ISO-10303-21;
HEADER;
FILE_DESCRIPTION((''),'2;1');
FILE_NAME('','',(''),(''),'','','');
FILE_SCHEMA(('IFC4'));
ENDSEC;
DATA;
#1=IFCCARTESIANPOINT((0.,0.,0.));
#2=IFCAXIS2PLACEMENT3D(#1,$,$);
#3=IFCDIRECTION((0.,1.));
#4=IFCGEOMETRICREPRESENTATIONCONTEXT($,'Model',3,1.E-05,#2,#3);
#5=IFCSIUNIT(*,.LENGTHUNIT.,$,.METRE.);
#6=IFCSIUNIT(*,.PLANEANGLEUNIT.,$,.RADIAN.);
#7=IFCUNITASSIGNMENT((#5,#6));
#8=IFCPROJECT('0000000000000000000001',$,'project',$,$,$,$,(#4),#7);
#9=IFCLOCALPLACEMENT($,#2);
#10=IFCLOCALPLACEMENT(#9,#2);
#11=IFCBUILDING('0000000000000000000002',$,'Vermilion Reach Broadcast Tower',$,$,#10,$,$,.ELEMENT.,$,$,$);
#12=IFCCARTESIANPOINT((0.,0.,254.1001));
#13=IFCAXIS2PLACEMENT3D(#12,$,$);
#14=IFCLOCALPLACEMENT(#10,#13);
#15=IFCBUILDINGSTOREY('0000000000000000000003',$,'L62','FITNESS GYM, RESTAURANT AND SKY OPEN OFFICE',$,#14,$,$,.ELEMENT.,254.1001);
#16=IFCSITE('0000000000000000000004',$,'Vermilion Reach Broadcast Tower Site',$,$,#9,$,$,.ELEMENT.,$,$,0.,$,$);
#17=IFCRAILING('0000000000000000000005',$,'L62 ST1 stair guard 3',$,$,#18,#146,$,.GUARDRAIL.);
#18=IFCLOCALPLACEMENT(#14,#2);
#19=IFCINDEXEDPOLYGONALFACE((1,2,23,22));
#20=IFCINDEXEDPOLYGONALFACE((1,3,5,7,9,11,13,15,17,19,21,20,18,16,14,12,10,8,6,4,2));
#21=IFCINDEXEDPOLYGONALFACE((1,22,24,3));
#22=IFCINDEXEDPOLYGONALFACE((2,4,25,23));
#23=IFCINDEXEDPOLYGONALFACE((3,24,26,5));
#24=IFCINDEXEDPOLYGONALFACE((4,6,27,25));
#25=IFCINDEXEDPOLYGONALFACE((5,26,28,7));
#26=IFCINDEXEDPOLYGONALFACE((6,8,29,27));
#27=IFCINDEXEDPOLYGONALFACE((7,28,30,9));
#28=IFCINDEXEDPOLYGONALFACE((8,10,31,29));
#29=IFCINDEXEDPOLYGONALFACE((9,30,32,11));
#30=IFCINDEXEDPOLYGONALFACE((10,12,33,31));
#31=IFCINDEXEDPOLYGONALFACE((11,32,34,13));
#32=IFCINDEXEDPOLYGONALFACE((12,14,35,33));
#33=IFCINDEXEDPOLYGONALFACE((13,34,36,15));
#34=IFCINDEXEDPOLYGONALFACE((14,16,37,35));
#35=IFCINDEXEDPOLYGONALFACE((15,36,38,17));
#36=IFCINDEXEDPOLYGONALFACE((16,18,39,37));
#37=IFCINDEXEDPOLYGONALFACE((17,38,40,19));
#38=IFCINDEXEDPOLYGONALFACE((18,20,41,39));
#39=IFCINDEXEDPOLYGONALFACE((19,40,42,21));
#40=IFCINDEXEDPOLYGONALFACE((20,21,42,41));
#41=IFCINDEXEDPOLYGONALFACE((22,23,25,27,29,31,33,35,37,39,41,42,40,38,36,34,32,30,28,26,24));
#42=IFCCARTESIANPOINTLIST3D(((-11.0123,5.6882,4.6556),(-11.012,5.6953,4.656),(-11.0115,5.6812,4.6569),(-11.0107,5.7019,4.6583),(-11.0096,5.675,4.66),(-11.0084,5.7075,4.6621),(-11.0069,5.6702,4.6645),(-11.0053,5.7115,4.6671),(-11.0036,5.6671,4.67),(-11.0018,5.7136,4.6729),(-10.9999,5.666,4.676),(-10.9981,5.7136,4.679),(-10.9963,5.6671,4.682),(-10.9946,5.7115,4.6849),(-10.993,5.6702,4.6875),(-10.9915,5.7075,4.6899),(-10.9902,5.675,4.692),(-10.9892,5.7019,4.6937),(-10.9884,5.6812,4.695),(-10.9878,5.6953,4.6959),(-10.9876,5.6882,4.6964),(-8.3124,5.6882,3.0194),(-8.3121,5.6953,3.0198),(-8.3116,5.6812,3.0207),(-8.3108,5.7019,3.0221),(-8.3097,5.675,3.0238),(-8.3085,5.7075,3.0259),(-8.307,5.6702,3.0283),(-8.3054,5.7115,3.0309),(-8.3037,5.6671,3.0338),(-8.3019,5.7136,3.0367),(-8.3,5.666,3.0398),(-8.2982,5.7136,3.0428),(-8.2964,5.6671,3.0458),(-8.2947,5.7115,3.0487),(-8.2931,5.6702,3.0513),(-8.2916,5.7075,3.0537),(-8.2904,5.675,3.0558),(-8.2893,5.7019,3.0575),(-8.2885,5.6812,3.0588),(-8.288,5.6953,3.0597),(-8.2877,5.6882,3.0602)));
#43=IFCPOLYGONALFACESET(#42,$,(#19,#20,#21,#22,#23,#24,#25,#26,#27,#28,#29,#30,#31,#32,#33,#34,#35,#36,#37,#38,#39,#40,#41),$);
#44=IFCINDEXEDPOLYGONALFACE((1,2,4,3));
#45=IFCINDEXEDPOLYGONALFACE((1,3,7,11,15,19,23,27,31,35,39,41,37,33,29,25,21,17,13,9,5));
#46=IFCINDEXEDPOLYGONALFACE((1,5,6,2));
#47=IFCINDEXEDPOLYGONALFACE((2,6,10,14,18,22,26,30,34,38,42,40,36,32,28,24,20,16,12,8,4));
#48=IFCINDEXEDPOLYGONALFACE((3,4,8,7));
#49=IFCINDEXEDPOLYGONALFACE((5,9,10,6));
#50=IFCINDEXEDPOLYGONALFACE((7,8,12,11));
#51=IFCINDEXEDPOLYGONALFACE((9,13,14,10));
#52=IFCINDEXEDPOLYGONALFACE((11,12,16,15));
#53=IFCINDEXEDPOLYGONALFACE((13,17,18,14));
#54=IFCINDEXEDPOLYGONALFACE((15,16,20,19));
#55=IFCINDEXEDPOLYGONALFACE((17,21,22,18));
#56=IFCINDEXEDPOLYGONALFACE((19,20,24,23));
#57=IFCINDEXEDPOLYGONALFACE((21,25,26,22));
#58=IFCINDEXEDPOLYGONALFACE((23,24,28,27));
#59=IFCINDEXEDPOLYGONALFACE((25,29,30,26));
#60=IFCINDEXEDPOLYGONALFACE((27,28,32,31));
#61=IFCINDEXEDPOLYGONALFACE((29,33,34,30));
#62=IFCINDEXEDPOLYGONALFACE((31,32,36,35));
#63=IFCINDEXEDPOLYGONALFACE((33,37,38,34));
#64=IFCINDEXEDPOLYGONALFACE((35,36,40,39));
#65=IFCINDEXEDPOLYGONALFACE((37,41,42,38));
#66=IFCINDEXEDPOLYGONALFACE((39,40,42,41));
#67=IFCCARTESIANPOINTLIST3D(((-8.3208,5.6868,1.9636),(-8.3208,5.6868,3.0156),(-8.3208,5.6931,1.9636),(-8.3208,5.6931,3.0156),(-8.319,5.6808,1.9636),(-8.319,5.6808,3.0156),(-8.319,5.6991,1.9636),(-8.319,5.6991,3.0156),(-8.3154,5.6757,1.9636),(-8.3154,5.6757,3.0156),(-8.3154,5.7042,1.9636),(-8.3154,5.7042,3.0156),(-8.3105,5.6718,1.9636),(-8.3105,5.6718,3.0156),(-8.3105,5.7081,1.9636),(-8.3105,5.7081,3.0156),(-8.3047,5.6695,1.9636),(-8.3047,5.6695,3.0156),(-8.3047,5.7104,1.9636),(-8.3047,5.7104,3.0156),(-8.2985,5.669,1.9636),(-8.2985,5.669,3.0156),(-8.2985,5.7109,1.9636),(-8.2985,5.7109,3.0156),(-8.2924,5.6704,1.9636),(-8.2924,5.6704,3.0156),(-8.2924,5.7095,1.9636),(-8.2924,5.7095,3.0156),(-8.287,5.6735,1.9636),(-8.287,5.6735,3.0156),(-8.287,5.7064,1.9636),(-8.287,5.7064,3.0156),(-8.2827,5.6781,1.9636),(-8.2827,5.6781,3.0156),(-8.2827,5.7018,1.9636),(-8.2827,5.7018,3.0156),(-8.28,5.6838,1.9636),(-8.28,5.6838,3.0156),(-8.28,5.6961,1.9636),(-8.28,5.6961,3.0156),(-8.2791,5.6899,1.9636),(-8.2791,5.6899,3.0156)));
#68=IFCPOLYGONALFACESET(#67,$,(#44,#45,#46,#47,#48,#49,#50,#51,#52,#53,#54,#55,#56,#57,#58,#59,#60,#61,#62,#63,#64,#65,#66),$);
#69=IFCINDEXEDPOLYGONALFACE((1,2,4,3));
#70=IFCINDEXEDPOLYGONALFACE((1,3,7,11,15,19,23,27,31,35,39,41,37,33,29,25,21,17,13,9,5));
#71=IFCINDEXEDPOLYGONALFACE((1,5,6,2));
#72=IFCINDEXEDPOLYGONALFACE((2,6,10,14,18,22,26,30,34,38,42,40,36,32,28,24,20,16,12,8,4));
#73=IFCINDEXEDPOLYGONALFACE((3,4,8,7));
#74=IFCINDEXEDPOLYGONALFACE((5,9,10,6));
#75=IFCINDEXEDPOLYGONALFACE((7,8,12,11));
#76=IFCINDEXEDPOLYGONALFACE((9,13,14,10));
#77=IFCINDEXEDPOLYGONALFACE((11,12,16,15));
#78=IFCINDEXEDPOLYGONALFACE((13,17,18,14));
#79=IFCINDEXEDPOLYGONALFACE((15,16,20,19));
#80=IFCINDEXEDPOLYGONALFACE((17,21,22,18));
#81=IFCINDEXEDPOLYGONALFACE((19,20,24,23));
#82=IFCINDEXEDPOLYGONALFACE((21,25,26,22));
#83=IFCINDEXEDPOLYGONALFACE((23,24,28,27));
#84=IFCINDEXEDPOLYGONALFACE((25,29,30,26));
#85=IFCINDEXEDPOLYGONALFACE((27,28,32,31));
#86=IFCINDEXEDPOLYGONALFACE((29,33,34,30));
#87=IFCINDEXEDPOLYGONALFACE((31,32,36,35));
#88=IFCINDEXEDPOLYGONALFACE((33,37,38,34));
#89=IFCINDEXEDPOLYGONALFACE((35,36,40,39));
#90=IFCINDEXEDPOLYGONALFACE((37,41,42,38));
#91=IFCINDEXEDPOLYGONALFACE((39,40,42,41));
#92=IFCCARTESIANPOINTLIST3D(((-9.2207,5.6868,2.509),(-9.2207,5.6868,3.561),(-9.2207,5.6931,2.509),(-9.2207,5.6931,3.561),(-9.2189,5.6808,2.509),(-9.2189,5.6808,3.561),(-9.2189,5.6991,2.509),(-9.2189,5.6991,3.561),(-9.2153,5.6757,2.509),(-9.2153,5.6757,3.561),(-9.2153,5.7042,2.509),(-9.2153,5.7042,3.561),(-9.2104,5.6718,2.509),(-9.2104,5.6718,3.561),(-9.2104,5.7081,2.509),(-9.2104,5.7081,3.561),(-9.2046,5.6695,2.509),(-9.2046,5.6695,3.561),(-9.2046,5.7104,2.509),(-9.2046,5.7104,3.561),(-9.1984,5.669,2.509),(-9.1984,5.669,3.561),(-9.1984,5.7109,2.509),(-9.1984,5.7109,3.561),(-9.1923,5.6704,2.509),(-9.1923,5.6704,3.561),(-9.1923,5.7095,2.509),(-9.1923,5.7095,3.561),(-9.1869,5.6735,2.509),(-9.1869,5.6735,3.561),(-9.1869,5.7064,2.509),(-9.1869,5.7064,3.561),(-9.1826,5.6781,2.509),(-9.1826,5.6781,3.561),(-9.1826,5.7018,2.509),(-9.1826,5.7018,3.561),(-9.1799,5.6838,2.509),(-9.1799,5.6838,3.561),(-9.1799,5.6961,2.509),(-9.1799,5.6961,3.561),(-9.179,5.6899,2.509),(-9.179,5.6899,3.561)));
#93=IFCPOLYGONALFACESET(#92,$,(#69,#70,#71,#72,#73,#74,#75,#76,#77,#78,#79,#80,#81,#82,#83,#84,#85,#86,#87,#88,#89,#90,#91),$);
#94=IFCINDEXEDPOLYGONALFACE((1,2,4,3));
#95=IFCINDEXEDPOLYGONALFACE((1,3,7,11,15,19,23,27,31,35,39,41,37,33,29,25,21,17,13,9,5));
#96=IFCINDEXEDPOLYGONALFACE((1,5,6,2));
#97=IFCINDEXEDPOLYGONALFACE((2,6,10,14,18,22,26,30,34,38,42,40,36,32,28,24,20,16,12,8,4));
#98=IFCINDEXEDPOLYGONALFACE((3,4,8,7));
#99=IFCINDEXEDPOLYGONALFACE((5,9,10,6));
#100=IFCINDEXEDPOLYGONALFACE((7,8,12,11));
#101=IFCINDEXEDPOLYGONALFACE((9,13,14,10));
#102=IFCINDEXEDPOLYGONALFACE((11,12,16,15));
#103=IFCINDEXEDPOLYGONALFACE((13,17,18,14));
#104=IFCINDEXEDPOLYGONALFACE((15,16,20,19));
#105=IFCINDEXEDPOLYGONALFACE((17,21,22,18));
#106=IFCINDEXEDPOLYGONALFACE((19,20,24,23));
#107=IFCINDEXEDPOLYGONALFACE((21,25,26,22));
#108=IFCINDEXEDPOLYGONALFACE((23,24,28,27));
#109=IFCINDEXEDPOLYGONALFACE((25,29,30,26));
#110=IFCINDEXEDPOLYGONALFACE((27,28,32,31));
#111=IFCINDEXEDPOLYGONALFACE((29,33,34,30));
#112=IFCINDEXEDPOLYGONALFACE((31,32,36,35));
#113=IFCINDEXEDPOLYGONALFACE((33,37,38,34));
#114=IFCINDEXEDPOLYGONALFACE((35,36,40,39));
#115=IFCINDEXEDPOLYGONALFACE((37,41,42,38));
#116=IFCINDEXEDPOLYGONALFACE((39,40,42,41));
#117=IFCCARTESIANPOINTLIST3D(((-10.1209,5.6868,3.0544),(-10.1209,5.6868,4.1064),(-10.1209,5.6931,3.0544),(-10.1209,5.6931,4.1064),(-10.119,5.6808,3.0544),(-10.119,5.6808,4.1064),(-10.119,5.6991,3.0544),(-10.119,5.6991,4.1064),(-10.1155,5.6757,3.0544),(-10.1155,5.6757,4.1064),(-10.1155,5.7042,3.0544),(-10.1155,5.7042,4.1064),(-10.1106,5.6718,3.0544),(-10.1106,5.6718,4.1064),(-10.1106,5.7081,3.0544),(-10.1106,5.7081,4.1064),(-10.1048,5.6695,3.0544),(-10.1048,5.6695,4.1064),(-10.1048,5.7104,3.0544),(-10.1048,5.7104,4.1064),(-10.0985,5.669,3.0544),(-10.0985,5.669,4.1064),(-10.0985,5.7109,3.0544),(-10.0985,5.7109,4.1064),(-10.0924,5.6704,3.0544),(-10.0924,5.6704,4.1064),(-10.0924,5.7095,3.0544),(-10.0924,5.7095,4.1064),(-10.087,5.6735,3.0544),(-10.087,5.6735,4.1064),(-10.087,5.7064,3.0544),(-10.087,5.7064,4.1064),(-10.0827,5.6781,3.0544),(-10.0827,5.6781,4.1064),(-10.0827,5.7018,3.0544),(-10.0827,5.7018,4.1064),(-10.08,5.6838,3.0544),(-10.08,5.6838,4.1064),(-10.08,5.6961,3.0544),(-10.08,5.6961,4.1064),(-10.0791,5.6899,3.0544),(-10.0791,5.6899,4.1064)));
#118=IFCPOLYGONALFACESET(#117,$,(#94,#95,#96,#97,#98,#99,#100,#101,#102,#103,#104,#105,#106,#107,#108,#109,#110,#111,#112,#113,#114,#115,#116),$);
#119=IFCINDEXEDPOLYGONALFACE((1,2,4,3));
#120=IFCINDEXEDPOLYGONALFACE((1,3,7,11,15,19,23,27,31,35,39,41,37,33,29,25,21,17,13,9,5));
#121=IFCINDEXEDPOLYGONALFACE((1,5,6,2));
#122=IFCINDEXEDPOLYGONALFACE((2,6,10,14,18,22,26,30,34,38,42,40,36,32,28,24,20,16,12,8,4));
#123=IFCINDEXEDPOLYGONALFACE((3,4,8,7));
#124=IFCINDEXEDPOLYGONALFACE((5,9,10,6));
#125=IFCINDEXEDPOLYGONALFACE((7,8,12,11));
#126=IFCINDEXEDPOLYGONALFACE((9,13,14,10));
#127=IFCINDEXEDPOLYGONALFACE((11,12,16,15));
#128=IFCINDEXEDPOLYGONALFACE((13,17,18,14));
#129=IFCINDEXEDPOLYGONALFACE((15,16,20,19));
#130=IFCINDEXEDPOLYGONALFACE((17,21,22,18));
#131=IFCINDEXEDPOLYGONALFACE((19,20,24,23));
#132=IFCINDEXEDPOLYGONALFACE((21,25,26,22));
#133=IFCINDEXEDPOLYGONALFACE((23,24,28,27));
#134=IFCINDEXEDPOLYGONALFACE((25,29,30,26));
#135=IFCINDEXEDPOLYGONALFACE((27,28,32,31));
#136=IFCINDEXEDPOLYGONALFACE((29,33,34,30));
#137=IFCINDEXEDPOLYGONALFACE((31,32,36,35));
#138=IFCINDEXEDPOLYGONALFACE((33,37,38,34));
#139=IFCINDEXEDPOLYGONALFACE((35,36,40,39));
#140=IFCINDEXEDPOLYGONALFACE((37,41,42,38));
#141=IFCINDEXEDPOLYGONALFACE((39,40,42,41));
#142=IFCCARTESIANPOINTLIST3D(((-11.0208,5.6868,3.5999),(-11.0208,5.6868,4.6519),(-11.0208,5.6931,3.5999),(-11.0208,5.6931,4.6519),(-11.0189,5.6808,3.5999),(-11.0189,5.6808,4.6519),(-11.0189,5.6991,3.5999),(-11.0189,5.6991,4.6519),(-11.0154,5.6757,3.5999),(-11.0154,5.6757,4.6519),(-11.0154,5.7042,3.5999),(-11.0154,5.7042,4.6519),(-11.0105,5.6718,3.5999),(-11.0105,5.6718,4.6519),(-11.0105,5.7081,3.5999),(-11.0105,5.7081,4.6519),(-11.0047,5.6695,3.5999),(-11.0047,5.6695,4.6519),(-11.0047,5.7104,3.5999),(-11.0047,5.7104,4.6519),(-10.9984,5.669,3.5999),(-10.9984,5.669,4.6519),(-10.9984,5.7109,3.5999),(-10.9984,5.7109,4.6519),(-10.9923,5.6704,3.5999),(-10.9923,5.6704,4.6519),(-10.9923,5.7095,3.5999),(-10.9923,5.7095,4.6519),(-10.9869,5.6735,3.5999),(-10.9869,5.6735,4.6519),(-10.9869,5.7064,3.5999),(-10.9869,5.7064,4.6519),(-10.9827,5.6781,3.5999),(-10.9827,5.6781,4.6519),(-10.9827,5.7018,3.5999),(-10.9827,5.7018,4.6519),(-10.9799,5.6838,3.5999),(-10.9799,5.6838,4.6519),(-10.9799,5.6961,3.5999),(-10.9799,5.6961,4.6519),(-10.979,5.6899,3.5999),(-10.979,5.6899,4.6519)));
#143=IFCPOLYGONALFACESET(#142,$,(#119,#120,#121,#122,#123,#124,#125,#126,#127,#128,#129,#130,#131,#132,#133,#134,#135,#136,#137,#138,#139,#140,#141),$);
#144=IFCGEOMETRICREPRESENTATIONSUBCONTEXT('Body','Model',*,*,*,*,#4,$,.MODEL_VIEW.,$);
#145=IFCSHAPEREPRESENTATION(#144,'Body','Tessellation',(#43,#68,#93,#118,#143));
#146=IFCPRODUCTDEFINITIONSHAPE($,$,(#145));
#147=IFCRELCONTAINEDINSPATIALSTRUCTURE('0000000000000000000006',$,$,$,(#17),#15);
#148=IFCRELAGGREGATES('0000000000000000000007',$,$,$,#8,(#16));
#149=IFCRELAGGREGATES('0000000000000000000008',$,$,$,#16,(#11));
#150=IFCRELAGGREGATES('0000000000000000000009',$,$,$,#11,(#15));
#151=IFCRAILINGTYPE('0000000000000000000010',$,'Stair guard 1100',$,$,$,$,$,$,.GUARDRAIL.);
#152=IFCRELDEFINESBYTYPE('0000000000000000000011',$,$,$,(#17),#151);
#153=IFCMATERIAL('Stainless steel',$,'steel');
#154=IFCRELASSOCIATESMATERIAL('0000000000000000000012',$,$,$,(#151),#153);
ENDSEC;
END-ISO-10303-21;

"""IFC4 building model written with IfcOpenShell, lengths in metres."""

from ifc_helpers import new_model, si_unit, direction, frame, origin, origin_2d, place, context, subcontext, project, spatial, circle, extrude, material, type_object, element, save


model = new_model("IFC4")

# Units and contexts
model_context = context("Model", 3, precision=1e-05, world=origin(), true_north=direction((0.0, 1.0)))
body_context = subcontext(model_context, "Body", "Model", "MODEL_VIEW")
ifc_project = project(units=[si_unit("LENGTHUNIT", "METRE"), si_unit("PLANEANGLEUNIT", "RADIAN")], contexts=[model_context])

# Site, building, storey
site_placement = place(None, origin())
site = spatial("IfcSite", under=ifc_project, at=site_placement, Name="Vermilion Reach Broadcast Tower Site", CompositionType="ELEMENT", RefElevation=0.0)
building_placement = place(site_placement, origin())
building = spatial("IfcBuilding", under=site, at=building_placement, Name="Vermilion Reach Broadcast Tower", CompositionType="ELEMENT")
storey_placement = place(building_placement, frame((0.0, 0.0, 254.1001)))
storey = spatial("IfcBuildingStorey", under=building, at=storey_placement, Name="L62", Description="FITNESS GYM, RESTAURANT AND SKY OPEN OFFICE", CompositionType="ELEMENT", Elevation=254.1001)

# Railing
ifc_material_1 = material(Name="Stainless steel", Category="steel")
railing_type_1 = type_object("IfcRailingType", Name="Stair guard 1100", PredefinedType="GUARDRAIL", material=ifc_material_1)
railing_1_placement = place(storey_placement, frame((-8.3, 5.6899, 1.9636)))
element("IfcRailing", 1, at=railing_1_placement, inside=storey, type_object=railing_type_1, Name="L62 ST1 stair guard 3", PredefinedType="GUARDRAIL", context=body_context, shape_type="SweptSolid", body=[
    extrude(circle(Radius=0.0239, at=origin_2d()), frame((0.0, 0.0, 1.0762), z_axis=(-0.855212, 0.0, 0.518278), x_axis=(0.0, -1.0, 0.0)), (0.0, 0.0, 1.0), 3.157),
    extrude(circle(Radius=0.021, at=origin_2d()), origin(), (0.0, 0.0, 1.0), 1.052),
    extrude(circle(Radius=0.021, at=origin_2d()), frame((-0.8999, 0.0, 0.5454)), (0.0, 0.0, 1.0), 1.052),
    extrude(circle(Radius=0.021, at=origin_2d()), frame((-1.8, 0.0, 1.0908)), (0.0, 0.0, 1.0), 1.052),
    extrude(circle(Radius=0.021, at=origin_2d()), frame((-2.7, 0.0, 1.6362)), (0.0, 0.0, 1.0), 1.052),
])

save(model, "model.ifc")
